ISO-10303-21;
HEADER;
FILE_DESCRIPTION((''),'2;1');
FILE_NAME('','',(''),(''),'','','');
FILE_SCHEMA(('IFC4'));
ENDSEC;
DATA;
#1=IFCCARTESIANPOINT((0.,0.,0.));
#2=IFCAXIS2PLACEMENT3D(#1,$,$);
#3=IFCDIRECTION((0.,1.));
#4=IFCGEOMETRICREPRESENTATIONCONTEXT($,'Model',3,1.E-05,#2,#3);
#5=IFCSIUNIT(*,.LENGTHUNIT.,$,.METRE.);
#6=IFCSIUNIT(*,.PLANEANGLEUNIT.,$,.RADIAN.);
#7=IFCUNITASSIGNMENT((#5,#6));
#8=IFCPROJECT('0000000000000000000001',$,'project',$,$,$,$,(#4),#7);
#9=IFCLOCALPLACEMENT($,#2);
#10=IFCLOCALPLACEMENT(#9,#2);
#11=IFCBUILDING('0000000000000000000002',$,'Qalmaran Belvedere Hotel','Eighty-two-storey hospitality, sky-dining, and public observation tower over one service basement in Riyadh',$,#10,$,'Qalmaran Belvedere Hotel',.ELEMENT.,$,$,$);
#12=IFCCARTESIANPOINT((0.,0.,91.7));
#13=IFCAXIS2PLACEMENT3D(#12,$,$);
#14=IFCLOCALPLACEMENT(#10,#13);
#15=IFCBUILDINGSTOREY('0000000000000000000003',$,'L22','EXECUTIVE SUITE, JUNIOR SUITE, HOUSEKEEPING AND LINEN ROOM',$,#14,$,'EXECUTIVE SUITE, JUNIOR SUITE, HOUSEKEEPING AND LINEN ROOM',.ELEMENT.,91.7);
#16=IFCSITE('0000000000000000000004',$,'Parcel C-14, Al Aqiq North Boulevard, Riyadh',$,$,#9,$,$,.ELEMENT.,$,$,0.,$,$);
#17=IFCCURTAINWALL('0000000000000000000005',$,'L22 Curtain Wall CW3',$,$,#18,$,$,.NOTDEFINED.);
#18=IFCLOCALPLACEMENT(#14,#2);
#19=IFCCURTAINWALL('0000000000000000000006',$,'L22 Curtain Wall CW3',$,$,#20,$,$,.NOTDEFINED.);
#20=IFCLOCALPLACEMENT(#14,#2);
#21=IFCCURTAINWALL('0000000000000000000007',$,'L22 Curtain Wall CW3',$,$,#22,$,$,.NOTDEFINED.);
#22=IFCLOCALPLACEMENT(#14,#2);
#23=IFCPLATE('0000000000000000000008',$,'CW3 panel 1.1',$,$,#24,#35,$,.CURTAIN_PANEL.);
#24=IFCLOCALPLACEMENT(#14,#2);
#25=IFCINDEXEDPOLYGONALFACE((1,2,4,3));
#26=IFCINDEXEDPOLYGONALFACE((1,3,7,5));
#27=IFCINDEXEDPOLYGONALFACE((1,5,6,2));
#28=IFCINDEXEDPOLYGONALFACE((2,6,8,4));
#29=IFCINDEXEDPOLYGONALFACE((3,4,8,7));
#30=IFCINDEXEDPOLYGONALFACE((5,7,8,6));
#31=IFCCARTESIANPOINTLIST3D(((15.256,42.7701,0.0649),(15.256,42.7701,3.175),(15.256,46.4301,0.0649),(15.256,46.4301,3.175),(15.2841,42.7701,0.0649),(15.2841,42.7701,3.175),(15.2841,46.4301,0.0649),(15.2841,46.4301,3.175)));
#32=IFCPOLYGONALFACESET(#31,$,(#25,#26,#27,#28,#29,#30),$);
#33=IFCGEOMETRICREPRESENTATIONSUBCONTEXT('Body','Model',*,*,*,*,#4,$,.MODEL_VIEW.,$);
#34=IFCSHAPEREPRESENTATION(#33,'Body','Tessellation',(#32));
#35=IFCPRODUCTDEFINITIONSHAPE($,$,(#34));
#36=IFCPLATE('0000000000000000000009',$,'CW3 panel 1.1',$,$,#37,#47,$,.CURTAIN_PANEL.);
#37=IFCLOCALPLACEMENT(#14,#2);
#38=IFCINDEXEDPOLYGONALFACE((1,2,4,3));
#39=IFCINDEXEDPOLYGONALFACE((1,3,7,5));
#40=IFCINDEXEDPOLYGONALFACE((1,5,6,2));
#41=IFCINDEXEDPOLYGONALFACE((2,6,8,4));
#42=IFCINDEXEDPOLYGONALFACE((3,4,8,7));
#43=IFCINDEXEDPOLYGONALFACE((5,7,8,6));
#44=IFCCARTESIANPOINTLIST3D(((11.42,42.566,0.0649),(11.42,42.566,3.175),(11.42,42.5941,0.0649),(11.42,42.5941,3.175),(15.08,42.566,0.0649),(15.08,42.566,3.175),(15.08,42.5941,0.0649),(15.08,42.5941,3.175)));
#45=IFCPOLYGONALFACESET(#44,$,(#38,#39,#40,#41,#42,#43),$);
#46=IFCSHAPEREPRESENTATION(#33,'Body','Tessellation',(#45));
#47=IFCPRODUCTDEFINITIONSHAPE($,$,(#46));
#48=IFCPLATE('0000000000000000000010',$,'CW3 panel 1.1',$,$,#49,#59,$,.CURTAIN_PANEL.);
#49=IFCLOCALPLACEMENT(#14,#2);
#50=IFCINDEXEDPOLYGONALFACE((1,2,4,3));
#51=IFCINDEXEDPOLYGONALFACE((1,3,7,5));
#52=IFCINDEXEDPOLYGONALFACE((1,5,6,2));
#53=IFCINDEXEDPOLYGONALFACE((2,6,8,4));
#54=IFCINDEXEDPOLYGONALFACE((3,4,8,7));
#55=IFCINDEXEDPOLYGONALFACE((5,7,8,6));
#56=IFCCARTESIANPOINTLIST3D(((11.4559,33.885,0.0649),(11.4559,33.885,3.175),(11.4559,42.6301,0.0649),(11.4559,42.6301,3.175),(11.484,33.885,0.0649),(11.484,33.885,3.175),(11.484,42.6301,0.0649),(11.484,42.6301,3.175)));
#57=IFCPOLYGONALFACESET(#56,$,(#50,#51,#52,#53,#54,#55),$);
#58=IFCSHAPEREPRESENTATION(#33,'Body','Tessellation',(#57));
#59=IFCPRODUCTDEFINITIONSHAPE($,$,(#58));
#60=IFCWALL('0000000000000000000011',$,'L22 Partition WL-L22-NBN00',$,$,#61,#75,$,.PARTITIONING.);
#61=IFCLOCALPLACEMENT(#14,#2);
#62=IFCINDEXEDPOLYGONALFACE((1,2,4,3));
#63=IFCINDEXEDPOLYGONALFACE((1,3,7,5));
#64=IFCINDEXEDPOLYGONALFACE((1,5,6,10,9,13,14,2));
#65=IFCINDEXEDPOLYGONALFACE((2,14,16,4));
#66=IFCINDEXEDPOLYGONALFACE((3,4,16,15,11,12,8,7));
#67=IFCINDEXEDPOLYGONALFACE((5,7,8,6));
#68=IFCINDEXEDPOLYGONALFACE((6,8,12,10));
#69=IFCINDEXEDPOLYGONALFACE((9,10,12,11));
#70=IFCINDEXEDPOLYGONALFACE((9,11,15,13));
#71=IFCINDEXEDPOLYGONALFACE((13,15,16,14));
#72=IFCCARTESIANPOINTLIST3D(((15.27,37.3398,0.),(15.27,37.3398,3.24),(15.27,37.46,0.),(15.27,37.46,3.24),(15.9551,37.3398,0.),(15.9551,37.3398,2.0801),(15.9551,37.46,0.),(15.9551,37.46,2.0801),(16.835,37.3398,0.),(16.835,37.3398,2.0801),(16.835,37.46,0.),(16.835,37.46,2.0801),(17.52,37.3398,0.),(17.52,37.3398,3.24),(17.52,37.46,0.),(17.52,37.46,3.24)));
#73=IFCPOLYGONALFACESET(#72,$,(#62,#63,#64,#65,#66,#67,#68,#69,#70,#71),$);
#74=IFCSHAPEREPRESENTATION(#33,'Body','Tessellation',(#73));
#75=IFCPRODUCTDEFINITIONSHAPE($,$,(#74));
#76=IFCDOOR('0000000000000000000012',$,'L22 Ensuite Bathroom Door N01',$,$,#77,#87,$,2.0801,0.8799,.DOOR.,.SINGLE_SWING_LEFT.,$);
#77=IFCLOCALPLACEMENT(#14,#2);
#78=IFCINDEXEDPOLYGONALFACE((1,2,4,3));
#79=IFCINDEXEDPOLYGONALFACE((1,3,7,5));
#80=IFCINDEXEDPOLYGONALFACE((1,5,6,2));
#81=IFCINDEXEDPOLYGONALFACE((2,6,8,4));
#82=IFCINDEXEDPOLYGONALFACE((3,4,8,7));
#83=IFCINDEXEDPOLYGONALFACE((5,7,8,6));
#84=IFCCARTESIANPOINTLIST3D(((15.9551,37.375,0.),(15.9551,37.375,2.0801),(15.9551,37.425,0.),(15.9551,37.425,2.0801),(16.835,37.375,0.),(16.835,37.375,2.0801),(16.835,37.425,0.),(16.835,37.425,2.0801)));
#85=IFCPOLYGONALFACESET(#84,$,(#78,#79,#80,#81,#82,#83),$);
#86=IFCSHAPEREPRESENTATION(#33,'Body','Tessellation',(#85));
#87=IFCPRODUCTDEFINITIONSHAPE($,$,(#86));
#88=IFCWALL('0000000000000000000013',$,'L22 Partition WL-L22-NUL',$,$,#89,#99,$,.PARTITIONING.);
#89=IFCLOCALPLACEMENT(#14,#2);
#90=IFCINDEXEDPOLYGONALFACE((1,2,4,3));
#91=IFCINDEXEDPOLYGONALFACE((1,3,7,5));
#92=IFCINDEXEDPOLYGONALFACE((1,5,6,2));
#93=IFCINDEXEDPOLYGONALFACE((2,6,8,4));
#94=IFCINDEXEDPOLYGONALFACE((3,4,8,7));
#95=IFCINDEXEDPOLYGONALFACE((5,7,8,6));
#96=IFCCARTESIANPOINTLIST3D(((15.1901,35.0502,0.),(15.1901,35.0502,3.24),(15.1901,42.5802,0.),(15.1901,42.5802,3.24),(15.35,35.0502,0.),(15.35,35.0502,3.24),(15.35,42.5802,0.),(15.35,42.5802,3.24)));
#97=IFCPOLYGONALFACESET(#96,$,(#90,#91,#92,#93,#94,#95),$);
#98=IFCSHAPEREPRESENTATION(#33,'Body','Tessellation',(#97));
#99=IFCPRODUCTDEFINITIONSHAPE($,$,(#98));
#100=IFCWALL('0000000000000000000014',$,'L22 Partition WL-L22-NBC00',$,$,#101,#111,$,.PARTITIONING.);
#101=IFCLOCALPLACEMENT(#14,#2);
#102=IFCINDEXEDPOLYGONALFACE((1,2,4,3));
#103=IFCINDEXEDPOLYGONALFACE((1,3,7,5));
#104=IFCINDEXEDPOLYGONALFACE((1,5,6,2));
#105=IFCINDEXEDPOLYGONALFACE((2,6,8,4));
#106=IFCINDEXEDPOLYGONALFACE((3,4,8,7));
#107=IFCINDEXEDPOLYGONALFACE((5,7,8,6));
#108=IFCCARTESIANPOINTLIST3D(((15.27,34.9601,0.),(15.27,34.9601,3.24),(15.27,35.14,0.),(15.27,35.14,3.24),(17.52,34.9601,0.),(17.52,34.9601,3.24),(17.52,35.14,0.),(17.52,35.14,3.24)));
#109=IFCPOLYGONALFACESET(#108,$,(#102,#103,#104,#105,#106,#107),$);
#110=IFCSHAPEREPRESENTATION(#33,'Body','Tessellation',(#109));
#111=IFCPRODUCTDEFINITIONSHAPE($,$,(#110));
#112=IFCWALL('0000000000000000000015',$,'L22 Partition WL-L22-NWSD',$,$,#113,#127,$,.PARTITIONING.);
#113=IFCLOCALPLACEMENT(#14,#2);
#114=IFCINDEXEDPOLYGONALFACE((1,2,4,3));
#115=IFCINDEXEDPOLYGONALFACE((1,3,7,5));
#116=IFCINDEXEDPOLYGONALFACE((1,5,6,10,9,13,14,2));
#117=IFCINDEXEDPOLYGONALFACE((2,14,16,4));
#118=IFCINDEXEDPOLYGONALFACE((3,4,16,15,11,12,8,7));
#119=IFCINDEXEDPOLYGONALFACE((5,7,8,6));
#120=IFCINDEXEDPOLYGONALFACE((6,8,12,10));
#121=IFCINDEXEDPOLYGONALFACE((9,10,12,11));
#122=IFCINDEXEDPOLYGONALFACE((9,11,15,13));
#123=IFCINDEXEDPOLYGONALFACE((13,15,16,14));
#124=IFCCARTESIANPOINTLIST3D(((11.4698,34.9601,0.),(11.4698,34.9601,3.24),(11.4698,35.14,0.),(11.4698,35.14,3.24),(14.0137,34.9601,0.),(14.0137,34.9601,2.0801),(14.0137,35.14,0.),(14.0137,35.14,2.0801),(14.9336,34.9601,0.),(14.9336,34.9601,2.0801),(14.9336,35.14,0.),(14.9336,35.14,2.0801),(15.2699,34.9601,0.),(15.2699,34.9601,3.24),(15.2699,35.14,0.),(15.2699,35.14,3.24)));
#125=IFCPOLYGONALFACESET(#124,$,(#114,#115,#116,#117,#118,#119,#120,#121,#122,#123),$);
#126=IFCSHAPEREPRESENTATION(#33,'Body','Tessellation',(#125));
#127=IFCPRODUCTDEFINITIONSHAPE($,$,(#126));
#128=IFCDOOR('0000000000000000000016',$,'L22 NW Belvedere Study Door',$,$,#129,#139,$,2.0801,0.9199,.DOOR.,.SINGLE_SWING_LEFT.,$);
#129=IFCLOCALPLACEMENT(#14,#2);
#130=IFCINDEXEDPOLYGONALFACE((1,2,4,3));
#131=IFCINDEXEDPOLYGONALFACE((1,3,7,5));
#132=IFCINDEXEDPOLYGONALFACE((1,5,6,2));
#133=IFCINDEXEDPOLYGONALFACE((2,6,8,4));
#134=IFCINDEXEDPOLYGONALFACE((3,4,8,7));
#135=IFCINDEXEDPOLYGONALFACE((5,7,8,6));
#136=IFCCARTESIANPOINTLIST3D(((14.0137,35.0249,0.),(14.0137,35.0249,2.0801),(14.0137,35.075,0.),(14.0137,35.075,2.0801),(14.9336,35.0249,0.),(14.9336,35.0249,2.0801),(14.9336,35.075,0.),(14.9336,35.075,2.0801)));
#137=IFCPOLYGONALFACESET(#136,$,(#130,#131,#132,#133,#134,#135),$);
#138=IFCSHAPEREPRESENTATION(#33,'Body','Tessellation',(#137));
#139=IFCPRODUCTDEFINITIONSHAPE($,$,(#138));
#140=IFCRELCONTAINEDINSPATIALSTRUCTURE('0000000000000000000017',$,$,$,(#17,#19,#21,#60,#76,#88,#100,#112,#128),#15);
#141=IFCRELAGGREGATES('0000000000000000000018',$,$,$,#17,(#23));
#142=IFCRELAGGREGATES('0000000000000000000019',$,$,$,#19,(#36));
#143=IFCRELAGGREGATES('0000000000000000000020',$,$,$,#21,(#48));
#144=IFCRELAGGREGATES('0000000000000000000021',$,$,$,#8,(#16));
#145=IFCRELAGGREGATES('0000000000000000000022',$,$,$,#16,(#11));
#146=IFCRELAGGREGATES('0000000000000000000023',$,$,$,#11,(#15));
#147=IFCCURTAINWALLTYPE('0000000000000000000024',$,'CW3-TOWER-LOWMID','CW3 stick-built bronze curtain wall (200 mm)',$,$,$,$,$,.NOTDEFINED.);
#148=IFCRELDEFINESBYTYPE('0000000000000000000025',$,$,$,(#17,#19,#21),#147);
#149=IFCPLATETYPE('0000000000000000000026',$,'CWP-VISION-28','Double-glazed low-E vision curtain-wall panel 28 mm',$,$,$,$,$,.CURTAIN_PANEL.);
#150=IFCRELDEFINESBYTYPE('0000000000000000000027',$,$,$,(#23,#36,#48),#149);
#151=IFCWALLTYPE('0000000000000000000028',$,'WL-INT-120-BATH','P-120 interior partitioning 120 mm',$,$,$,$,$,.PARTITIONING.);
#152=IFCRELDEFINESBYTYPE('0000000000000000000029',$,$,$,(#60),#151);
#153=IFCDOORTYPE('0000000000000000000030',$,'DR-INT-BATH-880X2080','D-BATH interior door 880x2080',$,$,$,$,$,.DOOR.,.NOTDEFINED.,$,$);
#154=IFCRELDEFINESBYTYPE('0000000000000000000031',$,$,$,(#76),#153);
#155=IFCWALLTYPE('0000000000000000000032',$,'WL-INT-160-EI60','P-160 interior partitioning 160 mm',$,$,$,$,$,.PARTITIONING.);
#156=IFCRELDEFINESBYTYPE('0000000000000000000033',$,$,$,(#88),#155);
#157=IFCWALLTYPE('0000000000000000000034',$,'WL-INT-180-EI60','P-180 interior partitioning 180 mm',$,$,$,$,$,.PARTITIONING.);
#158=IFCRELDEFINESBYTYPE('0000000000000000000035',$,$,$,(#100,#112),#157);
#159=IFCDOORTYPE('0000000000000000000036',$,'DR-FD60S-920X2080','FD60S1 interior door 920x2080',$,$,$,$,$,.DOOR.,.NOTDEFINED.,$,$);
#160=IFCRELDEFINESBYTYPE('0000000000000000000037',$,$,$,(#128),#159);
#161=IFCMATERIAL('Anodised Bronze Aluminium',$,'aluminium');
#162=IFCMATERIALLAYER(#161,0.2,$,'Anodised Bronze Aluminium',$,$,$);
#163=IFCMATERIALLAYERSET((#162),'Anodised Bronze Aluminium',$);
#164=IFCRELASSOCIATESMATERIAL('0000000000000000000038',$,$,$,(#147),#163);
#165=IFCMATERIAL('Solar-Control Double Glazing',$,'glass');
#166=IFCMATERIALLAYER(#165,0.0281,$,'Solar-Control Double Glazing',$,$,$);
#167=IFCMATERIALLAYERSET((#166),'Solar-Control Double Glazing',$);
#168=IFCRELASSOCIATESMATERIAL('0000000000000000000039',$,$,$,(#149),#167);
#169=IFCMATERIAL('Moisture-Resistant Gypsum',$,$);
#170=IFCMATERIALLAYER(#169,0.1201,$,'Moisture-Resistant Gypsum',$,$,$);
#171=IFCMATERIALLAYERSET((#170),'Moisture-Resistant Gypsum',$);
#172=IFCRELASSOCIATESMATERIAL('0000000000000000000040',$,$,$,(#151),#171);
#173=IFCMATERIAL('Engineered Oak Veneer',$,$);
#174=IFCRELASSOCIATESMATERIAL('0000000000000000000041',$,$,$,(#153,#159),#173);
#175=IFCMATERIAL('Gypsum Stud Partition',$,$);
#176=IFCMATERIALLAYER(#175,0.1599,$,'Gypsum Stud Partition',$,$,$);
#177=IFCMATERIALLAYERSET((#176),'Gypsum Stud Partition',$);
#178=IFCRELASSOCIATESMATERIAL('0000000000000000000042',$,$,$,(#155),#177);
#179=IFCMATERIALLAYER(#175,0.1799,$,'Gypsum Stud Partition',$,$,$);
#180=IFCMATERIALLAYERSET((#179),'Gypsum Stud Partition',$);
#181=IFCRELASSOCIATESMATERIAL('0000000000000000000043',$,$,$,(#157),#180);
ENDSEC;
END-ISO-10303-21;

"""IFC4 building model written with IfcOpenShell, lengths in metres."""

from ifc_helpers import new_model, si_unit, direction, frame, frame_2d, origin, origin_2d, place, context, subcontext, project, spatial, rectangle, extrude, material, layer, layer_set, type_object, element, fill, aggregate, save


model = new_model("IFC4")

# Units and contexts
model_context = context("Model", 3, precision=1e-05, world=origin(), true_north=direction((0.0, 1.0)))
body_context = subcontext(model_context, "Body", "Model", "MODEL_VIEW")
ifc_project = project(units=[si_unit("LENGTHUNIT", "METRE"), si_unit("PLANEANGLEUNIT", "RADIAN")], contexts=[model_context])

# Site, building, storey
site_placement = place(None, origin())
site = spatial("IfcSite", under=ifc_project, at=site_placement, Name="Parcel C-14, Al Aqiq North Boulevard, Riyadh", CompositionType="ELEMENT", RefElevation=0.0)
building_placement = place(site_placement, origin())
building = spatial("IfcBuilding", under=site, at=building_placement, Name="Qalmaran Belvedere Hotel", Description="Eighty-two-storey hospitality, sky-dining, and public observation tower over one service basement in Riyadh", LongName="Qalmaran Belvedere Hotel", CompositionType="ELEMENT")
storey_placement = place(building_placement, frame((0.0, 0.0, 91.7)))
storey = spatial("IfcBuildingStorey", under=building, at=storey_placement, Name="L22", Description="EXECUTIVE SUITE, JUNIOR SUITE, HOUSEKEEPING AND LINEN ROOM", LongName="EXECUTIVE SUITE, JUNIOR SUITE, HOUSEKEEPING AND LINEN ROOM", CompositionType="ELEMENT", Elevation=91.7)

# Curtain wall
ifc_material_1 = material(Name="Anodised Bronze Aluminium", Category="aluminium")
ifc_layer_1 = layer(ifc_material_1, 0.2, Name="Anodised Bronze Aluminium")
ifc_layer_set_1 = layer_set([ifc_layer_1], Name="Anodised Bronze Aluminium")
curtain_wall_type = type_object("IfcCurtainWallType", Name="CW3-TOWER-LOWMID", Description="CW3 stick-built bronze curtain wall (200 mm)", PredefinedType="NOTDEFINED", material=ifc_layer_set_1)
curtain_wall_1_placement = place(storey_placement, origin())
curtain_wall_1 = element("IfcCurtainWall", 1, at=curtain_wall_1_placement, inside=storey, type_object=curtain_wall_type, Name="L22 Curtain Wall CW3", PredefinedType="NOTDEFINED")

# Curtain walls
curtain_wall_2_placement = place(storey_placement, origin())
curtain_wall_2 = element("IfcCurtainWall", 2, at=curtain_wall_2_placement, inside=storey, type_object=curtain_wall_type, Name="L22 Curtain Wall CW3", PredefinedType="NOTDEFINED")
curtain_wall_3_placement = place(storey_placement, origin())
curtain_wall_3 = element("IfcCurtainWall", 3, at=curtain_wall_3_placement, inside=storey, type_object=curtain_wall_type, Name="L22 Curtain Wall CW3", PredefinedType="NOTDEFINED")

# Plates
ifc_material_2 = material(Name="Solar-Control Double Glazing", Category="glass")
ifc_layer_2 = layer(ifc_material_2, 0.0281, Name="Solar-Control Double Glazing")
ifc_layer_set_2 = layer_set([ifc_layer_2], Name="Solar-Control Double Glazing")
plate_type = type_object("IfcPlateType", Name="CWP-VISION-28", Description="Double-glazed low-E vision curtain-wall panel 28 mm", PredefinedType="CURTAIN_PANEL", material=ifc_layer_set_2)
plate_1_placement = place(storey_placement, frame((15.27, 44.6001, 0.0649), z_axis=(0.0, 0.0, 1.0), x_axis=(0.0, -1.0, 0.0)))
plate_1 = element("IfcPlate", 4, at=plate_1_placement, type_object=plate_type, Name="CW3 panel 1.1", PredefinedType="CURTAIN_PANEL", context=body_context, shape_type="SweptSolid", body=[
    extrude(rectangle(XDim=3.6599, YDim=0.0281, at=origin_2d()), origin(), (0.0, 0.0, 1.0), 3.1101),
])
aggregate(curtain_wall_1, [plate_1])
plate_2_placement = place(storey_placement, frame((13.25, 42.5801, 0.0649), z_axis=(0.0, 0.0, 1.0), x_axis=(-1.0, 0.0, 0.0)))
plate_2 = element("IfcPlate", 5, at=plate_2_placement, type_object=plate_type, Name="CW3 panel 1.1", PredefinedType="CURTAIN_PANEL", context=body_context, shape_type="SweptSolid", body=[
    extrude(rectangle(XDim=3.6599, YDim=0.0281, at=origin_2d()), origin(), (0.0, 0.0, 1.0), 3.1101),
])
aggregate(curtain_wall_2, [plate_2])
plate_3_placement = place(storey_placement, frame((11.47, 38.2576, 0.0649), z_axis=(0.0, 0.0, 1.0), x_axis=(0.0, -1.0, 0.0)))
plate_3 = element("IfcPlate", 6, at=plate_3_placement, type_object=plate_type, Name="CW3 panel 1.1", PredefinedType="CURTAIN_PANEL", context=body_context, shape_type="SweptSolid", body=[
    extrude(rectangle(XDim=8.7451, YDim=0.0281, at=origin_2d()), origin(), (0.0, 0.0, 1.0), 3.1101),
])
aggregate(curtain_wall_3, [plate_3])

# Wall, opening, door
ifc_material_3 = material(Name="Moisture-Resistant Gypsum")
ifc_layer_3 = layer(ifc_material_3, 0.1201, Name="Moisture-Resistant Gypsum")
ifc_layer_set_3 = layer_set([ifc_layer_3], Name="Moisture-Resistant Gypsum")
wall_type_1 = type_object("IfcWallType", Name="WL-INT-120-BATH", Description="P-120 interior partitioning 120 mm", PredefinedType="PARTITIONING", material=ifc_layer_set_3)
wall_1_placement = place(storey_placement, frame((15.27, 37.3999, 0.0), z_axis=(0.0, 0.0, 1.0), x_axis=(1.0, 0.0, 0.0)))
wall_1 = element("IfcWall", 7, at=wall_1_placement, inside=storey, type_object=wall_type_1, Name="L22 Partition WL-L22-NBN00", PredefinedType="PARTITIONING", context=body_context, shape_type="SweptSolid", body=[
    extrude(rectangle(XDim=2.25, YDim=0.1201, at=frame_2d((1.125, 0.0))), origin(), (0.0, 0.0, 1.0), 3.24),
])
opening_1_placement = place(wall_1_placement, frame((1.5649, 0.0, 0.0), z_axis=(0.0, 0.0, 1.0), x_axis=(-1.0, 0.0, 0.0)))
opening_1 = element("IfcOpeningElement", 8, at=opening_1_placement, cuts=wall_1, PredefinedType="OPENING", context=body_context, shape_type="SweptSolid", body=[
    extrude(rectangle(XDim=0.8799, YDim=2.0801, at=frame_2d((0.4399, 1.04))), frame((0.0, 0.0701, 0.0), z_axis=(0.0, -1.0, 0.0), x_axis=(1.0, 0.0, 0.0)), (0.0, 0.0, 1.0), 0.1401),
])
ifc_material_4 = material(Name="Engineered Oak Veneer")
door_type_1 = type_object("IfcDoorType", Name="DR-INT-BATH-880X2080", Description="D-BATH interior door 880x2080", OperationType="NOTDEFINED", PredefinedType="DOOR", material=ifc_material_4)
door_1_placement = place(opening_1_placement, origin())
door_1 = element("IfcDoor", 9, at=door_1_placement, inside=storey, type_object=door_type_1, Name="L22 Ensuite Bathroom Door N01", OperationType="SINGLE_SWING_LEFT", OverallHeight=2.0801, OverallWidth=0.8799, PredefinedType="DOOR", context=body_context, shape_type="SweptSolid", body=[
    extrude(rectangle(XDim=0.8799, YDim=2.0801, at=frame_2d((0.4399, 1.04))), frame((0.0, 0.0249, 0.0), z_axis=(0.0, -1.0, 0.0), x_axis=(1.0, 0.0, 0.0)), (0.0, 0.0, 1.0), 0.05),
])
fill(opening_1, door_1)

# Walls
ifc_material_5 = material(Name="Gypsum Stud Partition")
ifc_layer_4 = layer(ifc_material_5, 0.1599, Name="Gypsum Stud Partition")
ifc_layer_set_4 = layer_set([ifc_layer_4], Name="Gypsum Stud Partition")
wall_type_2 = type_object("IfcWallType", Name="WL-INT-160-EI60", Description="P-160 interior partitioning 160 mm", PredefinedType="PARTITIONING", material=ifc_layer_set_4)
wall_2_placement = place(storey_placement, frame((15.27, 35.05, 0.0), z_axis=(0.0, 0.0, 1.0), x_axis=(0.0, 1.0, 0.0)))
element("IfcWall", 10, at=wall_2_placement, inside=storey, type_object=wall_type_2, Name="L22 Partition WL-L22-NUL", PredefinedType="PARTITIONING", context=body_context, shape_type="SweptSolid", body=[
    extrude(rectangle(XDim=7.53, YDim=0.1599, at=frame_2d((3.7651, 0.0))), origin(), (0.0, 0.0, 1.0), 3.24),
])
ifc_layer_5 = layer(ifc_material_5, 0.1799, Name="Gypsum Stud Partition")
ifc_layer_set_5 = layer_set([ifc_layer_5], Name="Gypsum Stud Partition")
wall_type_3 = type_object("IfcWallType", Name="WL-INT-180-EI60", Description="P-180 interior partitioning 180 mm", PredefinedType="PARTITIONING", material=ifc_layer_set_5)
wall_3_placement = place(storey_placement, frame((15.27, 35.05, 0.0), z_axis=(0.0, 0.0, 1.0), x_axis=(1.0, 0.0, 0.0)))
element("IfcWall", 11, at=wall_3_placement, inside=storey, type_object=wall_type_3, Name="L22 Partition WL-L22-NBC00", PredefinedType="PARTITIONING", context=body_context, shape_type="SweptSolid", body=[
    extrude(rectangle(XDim=2.25, YDim=0.1799, at=frame_2d((1.125, 0.0))), origin(), (0.0, 0.0, 1.0), 3.24),
])

# Wall, opening, door
wall_4_placement = place(storey_placement, frame((11.47, 35.05, 0.0), z_axis=(0.0, 0.0, 1.0), x_axis=(1.0, 0.0, 0.0)))
wall_4 = element("IfcWall", 12, at=wall_4_placement, inside=storey, type_object=wall_type_3, Name="L22 Partition WL-L22-NWSD", PredefinedType="PARTITIONING", context=body_context, shape_type="SweptSolid", body=[
    extrude(rectangle(XDim=3.8, YDim=0.1799, at=frame_2d((1.8999, 0.0))), origin(), (0.0, 0.0, 1.0), 3.24),
])
opening_2_placement = place(wall_4_placement, frame((2.5437, 0.0, 0.0)))
opening_2 = element("IfcOpeningElement", 13, at=opening_2_placement, cuts=wall_4, PredefinedType="OPENING", context=body_context, shape_type="SweptSolid", body=[
    extrude(rectangle(XDim=0.9199, YDim=2.0801, at=frame_2d((0.46, 1.04))), frame((0.0, 0.1001, 0.0), z_axis=(0.0, -1.0, 0.0), x_axis=(1.0, 0.0, 0.0)), (0.0, 0.0, 1.0), 0.2),
])
door_type_2 = type_object("IfcDoorType", Name="DR-FD60S-920X2080", Description="FD60S1 interior door 920x2080", OperationType="NOTDEFINED", PredefinedType="DOOR", material=ifc_material_4)
door_2_placement = place(opening_2_placement, origin())
door_2 = element("IfcDoor", 14, at=door_2_placement, inside=storey, type_object=door_type_2, Name="L22 NW Belvedere Study Door", OperationType="SINGLE_SWING_LEFT", OverallHeight=2.0801, OverallWidth=0.9199, PredefinedType="DOOR", context=body_context, shape_type="SweptSolid", body=[
    extrude(rectangle(XDim=0.9199, YDim=2.0801, at=frame_2d((0.46, 1.04))), frame((0.0, 0.0249, 0.0), z_axis=(0.0, -1.0, 0.0), x_axis=(1.0, 0.0, 0.0)), (0.0, 0.0, 1.0), 0.05),
])
fill(opening_2, door_2)

save(model, "model.ifc")
